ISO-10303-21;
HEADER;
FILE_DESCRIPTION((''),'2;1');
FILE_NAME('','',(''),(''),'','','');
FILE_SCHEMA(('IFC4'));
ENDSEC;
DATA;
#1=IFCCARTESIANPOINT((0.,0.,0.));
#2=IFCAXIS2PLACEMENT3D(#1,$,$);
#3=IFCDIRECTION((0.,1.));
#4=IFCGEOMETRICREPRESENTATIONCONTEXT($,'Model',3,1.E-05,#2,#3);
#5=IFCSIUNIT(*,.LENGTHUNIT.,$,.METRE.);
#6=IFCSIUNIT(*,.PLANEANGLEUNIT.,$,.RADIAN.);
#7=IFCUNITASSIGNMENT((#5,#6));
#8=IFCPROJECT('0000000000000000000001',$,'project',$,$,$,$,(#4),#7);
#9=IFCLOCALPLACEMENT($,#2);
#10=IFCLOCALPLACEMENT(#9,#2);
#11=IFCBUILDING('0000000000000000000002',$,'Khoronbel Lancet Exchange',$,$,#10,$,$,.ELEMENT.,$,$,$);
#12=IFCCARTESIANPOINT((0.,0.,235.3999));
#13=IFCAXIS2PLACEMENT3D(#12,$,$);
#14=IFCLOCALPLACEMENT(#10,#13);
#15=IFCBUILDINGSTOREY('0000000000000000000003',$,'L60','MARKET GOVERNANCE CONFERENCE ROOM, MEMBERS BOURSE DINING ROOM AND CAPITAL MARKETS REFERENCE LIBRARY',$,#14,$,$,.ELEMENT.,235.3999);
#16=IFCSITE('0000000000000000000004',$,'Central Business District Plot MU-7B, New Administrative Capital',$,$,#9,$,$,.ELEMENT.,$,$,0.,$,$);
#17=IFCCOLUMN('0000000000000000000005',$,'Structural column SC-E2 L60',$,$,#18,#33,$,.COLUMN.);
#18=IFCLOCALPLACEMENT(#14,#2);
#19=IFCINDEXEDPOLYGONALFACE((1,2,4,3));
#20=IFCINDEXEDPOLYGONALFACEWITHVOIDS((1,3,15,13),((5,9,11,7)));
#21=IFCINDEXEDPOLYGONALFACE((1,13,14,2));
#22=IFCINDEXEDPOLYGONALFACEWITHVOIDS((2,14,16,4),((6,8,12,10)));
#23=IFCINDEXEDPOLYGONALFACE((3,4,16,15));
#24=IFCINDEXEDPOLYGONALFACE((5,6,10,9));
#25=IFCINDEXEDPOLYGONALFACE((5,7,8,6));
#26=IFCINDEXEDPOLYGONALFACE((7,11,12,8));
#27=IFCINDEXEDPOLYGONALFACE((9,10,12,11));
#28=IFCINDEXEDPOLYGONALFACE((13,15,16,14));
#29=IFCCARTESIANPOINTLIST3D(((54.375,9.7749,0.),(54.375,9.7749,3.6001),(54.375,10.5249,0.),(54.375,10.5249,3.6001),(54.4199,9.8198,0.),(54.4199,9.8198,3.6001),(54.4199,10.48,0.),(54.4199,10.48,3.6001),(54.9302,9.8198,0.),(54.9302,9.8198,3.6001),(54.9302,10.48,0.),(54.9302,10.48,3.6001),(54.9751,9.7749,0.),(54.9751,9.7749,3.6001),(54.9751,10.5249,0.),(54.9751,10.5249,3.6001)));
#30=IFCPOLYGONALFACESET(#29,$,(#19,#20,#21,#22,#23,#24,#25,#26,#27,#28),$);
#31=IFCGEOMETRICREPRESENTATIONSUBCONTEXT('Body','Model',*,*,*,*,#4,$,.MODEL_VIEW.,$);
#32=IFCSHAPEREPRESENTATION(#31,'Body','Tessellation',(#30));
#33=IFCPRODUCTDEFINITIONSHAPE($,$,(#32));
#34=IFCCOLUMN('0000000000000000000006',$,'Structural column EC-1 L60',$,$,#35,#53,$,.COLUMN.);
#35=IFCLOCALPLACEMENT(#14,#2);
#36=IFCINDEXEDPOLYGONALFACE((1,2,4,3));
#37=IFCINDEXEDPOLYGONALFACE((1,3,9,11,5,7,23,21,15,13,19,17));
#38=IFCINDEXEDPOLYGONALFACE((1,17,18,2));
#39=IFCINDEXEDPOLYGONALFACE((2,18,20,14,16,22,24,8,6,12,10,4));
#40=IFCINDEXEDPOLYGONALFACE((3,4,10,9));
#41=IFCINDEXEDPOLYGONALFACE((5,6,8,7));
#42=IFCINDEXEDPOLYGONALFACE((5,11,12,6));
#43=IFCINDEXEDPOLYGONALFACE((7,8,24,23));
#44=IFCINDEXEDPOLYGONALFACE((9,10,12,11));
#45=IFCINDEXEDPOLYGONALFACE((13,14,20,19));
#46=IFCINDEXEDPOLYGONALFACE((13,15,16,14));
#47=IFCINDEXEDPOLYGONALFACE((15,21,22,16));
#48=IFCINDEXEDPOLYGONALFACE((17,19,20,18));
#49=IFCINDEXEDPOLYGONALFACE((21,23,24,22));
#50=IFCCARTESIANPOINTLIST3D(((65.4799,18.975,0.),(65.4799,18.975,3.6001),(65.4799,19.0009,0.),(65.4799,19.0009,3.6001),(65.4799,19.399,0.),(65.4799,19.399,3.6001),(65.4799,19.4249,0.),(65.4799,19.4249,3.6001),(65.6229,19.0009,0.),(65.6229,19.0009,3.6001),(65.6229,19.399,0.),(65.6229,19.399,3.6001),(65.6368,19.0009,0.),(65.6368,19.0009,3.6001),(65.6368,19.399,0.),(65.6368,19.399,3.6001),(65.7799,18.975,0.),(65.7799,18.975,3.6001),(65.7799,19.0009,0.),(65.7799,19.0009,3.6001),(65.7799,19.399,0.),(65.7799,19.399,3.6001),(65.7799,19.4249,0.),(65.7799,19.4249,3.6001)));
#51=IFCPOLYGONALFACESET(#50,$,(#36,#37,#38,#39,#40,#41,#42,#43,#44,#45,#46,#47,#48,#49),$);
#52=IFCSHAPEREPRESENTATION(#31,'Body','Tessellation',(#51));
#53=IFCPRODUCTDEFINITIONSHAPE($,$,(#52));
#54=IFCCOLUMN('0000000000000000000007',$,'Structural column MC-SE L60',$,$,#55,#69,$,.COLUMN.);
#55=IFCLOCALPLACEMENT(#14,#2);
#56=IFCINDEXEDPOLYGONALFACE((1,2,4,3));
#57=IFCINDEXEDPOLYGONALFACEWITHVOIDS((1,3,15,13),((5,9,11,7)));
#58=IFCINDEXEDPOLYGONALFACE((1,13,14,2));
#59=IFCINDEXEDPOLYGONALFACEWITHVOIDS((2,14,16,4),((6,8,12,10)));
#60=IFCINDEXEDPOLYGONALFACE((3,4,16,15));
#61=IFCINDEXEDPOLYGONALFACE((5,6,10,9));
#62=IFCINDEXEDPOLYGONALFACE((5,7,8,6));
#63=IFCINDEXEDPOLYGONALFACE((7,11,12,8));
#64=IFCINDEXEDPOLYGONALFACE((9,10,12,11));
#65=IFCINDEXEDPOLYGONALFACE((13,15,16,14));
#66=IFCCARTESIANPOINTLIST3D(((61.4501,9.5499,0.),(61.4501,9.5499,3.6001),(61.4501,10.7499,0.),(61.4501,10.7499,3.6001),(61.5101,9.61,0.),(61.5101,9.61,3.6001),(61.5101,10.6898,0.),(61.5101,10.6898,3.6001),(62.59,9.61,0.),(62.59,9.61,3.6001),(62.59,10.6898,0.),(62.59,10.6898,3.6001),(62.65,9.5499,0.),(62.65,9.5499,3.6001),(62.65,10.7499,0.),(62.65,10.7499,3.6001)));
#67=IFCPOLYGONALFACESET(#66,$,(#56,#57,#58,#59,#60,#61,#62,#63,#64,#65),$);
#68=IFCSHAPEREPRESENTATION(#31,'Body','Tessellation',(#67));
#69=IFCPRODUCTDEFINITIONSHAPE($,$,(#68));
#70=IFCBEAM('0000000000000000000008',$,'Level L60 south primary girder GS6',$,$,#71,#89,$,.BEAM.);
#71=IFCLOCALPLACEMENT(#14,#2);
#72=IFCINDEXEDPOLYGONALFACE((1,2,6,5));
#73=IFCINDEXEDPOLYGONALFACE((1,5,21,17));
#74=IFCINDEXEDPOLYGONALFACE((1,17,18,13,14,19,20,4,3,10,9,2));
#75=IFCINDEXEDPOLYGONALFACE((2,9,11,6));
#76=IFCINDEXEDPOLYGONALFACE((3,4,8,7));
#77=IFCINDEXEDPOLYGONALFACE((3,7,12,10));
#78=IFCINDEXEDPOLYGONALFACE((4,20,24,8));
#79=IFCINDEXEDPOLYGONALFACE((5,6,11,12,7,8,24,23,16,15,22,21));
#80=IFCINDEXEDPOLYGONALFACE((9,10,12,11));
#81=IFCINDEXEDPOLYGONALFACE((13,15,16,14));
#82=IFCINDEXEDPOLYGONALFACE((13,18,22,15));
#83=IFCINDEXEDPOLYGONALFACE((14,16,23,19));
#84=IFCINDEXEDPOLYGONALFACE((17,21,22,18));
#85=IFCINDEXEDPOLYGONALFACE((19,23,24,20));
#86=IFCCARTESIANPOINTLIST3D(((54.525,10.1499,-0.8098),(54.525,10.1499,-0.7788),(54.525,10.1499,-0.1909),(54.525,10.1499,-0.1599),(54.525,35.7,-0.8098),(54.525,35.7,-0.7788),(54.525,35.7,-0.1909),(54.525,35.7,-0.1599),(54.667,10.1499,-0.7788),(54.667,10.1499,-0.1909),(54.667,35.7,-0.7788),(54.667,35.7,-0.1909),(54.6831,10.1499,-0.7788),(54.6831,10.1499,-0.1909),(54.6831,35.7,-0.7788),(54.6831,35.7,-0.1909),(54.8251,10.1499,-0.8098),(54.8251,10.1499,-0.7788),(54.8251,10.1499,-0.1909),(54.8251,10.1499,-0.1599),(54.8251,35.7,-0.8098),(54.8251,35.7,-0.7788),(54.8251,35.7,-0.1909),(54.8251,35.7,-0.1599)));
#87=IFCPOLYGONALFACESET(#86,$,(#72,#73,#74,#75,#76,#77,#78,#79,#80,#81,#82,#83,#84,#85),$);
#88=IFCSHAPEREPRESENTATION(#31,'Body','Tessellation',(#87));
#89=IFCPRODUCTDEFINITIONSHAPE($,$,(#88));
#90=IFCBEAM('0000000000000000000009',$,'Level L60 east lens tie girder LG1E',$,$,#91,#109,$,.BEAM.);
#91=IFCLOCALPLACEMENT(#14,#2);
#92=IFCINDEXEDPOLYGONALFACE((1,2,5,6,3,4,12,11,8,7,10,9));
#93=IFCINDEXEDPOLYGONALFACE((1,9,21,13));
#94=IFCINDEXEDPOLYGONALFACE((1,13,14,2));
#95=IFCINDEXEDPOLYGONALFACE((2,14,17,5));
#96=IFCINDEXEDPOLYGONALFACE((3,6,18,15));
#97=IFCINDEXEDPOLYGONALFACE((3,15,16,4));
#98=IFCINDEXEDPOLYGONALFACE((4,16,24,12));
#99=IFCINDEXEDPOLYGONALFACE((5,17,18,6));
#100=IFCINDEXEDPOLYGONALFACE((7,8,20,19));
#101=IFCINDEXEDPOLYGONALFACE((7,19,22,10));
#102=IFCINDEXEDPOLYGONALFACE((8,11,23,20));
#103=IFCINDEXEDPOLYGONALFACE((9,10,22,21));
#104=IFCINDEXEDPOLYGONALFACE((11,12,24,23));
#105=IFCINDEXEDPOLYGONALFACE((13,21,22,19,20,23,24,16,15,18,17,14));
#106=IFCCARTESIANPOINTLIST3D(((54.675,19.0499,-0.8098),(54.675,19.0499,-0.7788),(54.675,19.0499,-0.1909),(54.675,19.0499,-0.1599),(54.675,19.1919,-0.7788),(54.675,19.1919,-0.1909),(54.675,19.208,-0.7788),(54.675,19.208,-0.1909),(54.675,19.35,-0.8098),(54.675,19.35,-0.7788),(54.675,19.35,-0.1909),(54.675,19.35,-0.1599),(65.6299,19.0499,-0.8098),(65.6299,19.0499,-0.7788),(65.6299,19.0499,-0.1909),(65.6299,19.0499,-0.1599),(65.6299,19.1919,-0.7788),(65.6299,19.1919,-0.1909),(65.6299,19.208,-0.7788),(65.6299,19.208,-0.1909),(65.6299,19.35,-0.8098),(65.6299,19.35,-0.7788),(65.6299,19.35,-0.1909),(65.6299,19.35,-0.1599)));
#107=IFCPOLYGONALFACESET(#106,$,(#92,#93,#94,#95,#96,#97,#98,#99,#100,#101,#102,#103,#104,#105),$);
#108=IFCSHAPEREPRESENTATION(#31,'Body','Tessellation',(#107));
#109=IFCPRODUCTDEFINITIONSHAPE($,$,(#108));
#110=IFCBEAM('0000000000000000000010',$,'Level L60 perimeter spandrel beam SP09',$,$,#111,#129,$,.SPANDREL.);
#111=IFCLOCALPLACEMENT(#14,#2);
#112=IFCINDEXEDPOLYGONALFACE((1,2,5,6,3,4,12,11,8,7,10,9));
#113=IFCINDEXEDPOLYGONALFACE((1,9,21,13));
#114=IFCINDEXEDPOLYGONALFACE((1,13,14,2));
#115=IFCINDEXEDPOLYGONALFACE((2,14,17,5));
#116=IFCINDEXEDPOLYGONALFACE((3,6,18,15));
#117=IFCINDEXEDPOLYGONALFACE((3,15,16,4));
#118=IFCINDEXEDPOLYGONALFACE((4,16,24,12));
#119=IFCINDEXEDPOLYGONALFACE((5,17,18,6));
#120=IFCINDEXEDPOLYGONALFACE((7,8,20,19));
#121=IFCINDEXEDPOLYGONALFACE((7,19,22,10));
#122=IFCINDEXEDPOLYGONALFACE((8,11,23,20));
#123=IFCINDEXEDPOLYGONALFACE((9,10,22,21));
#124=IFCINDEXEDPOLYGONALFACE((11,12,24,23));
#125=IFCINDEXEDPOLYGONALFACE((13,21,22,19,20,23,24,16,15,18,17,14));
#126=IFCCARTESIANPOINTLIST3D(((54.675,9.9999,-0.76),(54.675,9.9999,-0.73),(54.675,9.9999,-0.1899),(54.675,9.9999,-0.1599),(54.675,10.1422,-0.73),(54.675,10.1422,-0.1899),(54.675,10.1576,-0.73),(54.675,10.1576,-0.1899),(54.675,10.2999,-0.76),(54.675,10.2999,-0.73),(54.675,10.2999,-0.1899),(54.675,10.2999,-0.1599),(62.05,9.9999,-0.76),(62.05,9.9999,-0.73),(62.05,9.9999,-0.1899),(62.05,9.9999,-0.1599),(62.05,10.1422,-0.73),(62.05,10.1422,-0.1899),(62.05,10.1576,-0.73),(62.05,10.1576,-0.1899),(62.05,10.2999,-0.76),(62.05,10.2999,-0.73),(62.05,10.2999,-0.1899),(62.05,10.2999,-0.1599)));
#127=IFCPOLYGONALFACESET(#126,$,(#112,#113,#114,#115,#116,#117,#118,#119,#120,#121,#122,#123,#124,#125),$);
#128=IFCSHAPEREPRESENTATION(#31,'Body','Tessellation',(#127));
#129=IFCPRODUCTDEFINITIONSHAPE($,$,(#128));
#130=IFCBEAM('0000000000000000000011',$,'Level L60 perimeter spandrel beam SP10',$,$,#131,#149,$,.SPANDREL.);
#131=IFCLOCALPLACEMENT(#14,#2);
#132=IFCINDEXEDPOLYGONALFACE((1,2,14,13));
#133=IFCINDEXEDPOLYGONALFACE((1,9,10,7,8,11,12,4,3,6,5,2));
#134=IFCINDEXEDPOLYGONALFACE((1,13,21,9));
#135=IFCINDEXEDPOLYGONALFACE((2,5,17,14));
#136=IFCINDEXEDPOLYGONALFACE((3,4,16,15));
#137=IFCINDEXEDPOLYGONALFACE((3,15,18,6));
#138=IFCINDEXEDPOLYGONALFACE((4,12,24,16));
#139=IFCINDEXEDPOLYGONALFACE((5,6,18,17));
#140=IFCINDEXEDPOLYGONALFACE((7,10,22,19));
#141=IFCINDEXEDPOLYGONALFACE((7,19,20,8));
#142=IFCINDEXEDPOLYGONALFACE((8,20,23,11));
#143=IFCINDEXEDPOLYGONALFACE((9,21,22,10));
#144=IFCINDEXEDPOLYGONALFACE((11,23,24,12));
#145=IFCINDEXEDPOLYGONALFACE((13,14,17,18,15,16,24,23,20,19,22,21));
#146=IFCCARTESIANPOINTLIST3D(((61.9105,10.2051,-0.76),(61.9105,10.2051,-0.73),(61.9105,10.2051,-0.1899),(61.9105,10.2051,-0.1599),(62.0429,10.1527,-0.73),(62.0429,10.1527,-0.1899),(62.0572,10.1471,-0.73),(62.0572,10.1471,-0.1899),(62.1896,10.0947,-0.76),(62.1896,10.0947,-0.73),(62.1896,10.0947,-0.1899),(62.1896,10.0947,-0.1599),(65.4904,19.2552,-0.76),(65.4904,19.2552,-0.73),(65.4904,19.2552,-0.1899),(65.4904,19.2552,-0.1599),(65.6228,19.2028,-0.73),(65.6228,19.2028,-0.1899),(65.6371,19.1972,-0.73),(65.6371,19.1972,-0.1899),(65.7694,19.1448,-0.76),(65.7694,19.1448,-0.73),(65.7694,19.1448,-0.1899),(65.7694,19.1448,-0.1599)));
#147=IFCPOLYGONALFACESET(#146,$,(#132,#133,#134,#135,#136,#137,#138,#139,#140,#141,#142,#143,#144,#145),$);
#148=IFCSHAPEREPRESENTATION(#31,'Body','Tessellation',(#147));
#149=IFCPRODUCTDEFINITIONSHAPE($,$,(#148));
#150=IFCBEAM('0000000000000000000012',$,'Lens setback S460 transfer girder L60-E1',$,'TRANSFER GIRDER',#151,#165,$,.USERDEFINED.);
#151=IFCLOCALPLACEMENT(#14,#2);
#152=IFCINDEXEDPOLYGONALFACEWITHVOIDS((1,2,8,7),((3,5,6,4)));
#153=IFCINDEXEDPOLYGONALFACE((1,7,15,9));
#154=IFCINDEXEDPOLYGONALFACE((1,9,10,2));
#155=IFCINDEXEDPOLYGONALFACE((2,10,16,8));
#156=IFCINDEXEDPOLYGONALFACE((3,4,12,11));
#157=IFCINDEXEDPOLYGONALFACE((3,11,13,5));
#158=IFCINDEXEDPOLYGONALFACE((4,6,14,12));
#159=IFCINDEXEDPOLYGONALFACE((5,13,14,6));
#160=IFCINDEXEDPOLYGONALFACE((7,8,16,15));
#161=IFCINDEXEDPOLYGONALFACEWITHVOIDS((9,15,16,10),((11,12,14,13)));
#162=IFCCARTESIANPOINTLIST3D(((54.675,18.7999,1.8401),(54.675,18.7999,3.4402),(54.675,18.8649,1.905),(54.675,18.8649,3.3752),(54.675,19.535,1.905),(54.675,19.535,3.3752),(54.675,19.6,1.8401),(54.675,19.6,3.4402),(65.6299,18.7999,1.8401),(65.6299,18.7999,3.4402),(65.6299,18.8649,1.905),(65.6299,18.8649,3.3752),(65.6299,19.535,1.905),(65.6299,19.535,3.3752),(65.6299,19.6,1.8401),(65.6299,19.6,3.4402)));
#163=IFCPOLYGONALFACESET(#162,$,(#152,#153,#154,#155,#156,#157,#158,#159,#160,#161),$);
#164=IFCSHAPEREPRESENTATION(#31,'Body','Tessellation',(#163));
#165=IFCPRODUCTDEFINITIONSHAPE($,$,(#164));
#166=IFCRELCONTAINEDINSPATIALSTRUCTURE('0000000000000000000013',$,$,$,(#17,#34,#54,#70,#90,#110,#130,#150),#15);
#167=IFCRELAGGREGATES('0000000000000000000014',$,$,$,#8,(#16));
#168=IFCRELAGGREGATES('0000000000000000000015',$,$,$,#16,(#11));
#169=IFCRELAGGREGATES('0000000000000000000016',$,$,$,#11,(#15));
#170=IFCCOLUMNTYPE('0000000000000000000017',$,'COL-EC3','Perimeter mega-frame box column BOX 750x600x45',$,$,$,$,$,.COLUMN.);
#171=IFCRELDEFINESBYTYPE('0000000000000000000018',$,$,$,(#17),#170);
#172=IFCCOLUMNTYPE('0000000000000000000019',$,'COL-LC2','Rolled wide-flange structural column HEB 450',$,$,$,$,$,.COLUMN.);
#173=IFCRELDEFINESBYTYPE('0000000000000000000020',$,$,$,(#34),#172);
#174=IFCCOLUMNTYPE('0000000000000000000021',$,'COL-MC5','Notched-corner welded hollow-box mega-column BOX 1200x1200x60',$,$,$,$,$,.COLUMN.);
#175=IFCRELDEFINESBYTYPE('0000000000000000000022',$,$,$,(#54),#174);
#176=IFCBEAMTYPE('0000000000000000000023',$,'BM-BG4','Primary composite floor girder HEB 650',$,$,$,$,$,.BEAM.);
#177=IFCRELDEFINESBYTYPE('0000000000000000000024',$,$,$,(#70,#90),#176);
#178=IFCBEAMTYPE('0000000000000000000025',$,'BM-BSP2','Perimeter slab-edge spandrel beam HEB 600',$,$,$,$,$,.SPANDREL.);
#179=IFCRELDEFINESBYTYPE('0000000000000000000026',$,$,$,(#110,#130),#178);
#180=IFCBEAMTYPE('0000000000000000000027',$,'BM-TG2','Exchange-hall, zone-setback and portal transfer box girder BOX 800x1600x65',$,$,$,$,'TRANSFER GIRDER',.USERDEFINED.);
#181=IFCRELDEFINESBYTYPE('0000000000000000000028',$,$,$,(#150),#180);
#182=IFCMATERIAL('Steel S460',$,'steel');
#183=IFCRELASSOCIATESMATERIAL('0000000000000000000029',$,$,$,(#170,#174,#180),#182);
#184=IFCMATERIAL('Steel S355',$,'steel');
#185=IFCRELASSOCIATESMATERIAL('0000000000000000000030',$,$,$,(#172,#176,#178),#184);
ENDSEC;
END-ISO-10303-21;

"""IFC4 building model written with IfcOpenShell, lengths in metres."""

from ifc_helpers import new_model, si_unit, direction, frame, origin, origin_2d, place, context, subcontext, project, spatial, hollow_rectangle, i_section, extrude, material, material_profile, profile_set, type_object, element, save


model = new_model("IFC4")

# Units and contexts
model_context = context("Model", 3, precision=1e-05, world=origin(), true_north=direction((0.0, 1.0)))
body_context = subcontext(model_context, "Body", "Model", "MODEL_VIEW")
ifc_project = project(units=[si_unit("LENGTHUNIT", "METRE"), si_unit("PLANEANGLEUNIT", "RADIAN")], contexts=[model_context])

# Site, building, storey
site_placement = place(None, origin())
site = spatial("IfcSite", under=ifc_project, at=site_placement, Name="Central Business District Plot MU-7B, New Administrative Capital", CompositionType="ELEMENT", RefElevation=0.0)
building_placement = place(site_placement, origin())
building = spatial("IfcBuilding", under=site, at=building_placement, Name="Khoronbel Lancet Exchange", CompositionType="ELEMENT")
storey_placement = place(building_placement, frame((0.0, 0.0, 235.3999)))
storey = spatial("IfcBuildingStorey", under=building, at=storey_placement, Name="L60", Description="MARKET GOVERNANCE CONFERENCE ROOM, MEMBERS BOURSE DINING ROOM AND CAPITAL MARKETS REFERENCE LIBRARY", CompositionType="ELEMENT", Elevation=235.3999)

# Columns
ifc_material_1 = material(Name="Steel S460", Category="steel")
ifc_material_profile_1 = material_profile(ifc_material_1, hollow_rectangle(XDim=0.6001, YDim=0.75, WallThickness=0.0449, at=origin_2d()), Name="BOX 750x600x45")
ifc_profile_set_1 = profile_set([ifc_material_profile_1], Name="Steel S460")
column_type_1 = type_object("IfcColumnType", Name="COL-EC3", Description="Perimeter mega-frame box column BOX 750x600x45", PredefinedType="COLUMN", material=ifc_profile_set_1)
column_1_placement = place(storey_placement, frame((54.675, 10.1499, 0.0), z_axis=(0.0, 0.0, 1.0), x_axis=(1.0, 0.0, 0.0)))
element("IfcColumn", 1, at=column_1_placement, inside=storey, type_object=column_type_1, Name="Structural column SC-E2 L60", PredefinedType="COLUMN", context=body_context, shape_type="SweptSolid", body=[
    extrude(hollow_rectangle(XDim=0.6001, YDim=0.75, WallThickness=0.0449, at=origin_2d()), origin(), (0.0, 0.0, 1.0), 3.6001),
])
ifc_material_2 = material(Name="Steel S355", Category="steel")
ifc_material_profile_2 = material_profile(ifc_material_2, i_section(OverallWidth=0.3, OverallDepth=0.45, WebThickness=0.0139, FlangeThickness=0.0259, at=origin_2d()), Name="HEB 450")
ifc_profile_set_2 = profile_set([ifc_material_profile_2], Name="Steel S355")
column_type_2 = type_object("IfcColumnType", Name="COL-LC2", Description="Rolled wide-flange structural column HEB 450", PredefinedType="COLUMN", material=ifc_profile_set_2)
column_2_placement = place(storey_placement, frame((65.6299, 19.2, 0.0), z_axis=(0.0, 0.0, 1.0), x_axis=(1.0, 0.0, 0.0)))
element("IfcColumn", 2, at=column_2_placement, inside=storey, type_object=column_type_2, Name="Structural column EC-1 L60", PredefinedType="COLUMN", context=body_context, shape_type="SweptSolid", body=[
    extrude(i_section(OverallWidth=0.3, OverallDepth=0.45, WebThickness=0.0139, FlangeThickness=0.0259, at=origin_2d()), origin(), (0.0, 0.0, 1.0), 3.6001),
])
ifc_material_profile_3 = material_profile(ifc_material_1, hollow_rectangle(XDim=1.2, YDim=1.2, WallThickness=0.0601, at=origin_2d()), Name="BOX 1200x1200x60")
ifc_profile_set_3 = profile_set([ifc_material_profile_3], Name="Steel S460")
column_type_3 = type_object("IfcColumnType", Name="COL-MC5", Description="Notched-corner welded hollow-box mega-column BOX 1200x1200x60", PredefinedType="COLUMN", material=ifc_profile_set_3)
column_3_placement = place(storey_placement, frame((62.05, 10.1499, 0.0), z_axis=(0.0, 0.0, 1.0), x_axis=(1.0, 0.0, 0.0)))
element("IfcColumn", 3, at=column_3_placement, inside=storey, type_object=column_type_3, Name="Structural column MC-SE L60", PredefinedType="COLUMN", context=body_context, shape_type="SweptSolid", body=[
    extrude(hollow_rectangle(XDim=1.2, YDim=1.2, WallThickness=0.0601, at=origin_2d()), origin(), (0.0, 0.0, 1.0), 3.6001),
])

# Beams
ifc_material_profile_4 = material_profile(ifc_material_2, i_section(OverallWidth=0.3, OverallDepth=0.6499, WebThickness=0.0161, FlangeThickness=0.031, at=origin_2d()), Name="HEB 650")
ifc_profile_set_4 = profile_set([ifc_material_profile_4], Name="Steel S355")
beam_type_1 = type_object("IfcBeamType", Name="BM-BG4", Description="Primary composite floor girder HEB 650", PredefinedType="BEAM", material=ifc_profile_set_4)
beam_1_placement = place(storey_placement, frame((54.675, 10.1499, -0.4849), z_axis=(0.0, 1.0, 0.0), x_axis=(-1.0, 0.0, 0.0)))
element("IfcBeam", 4, at=beam_1_placement, inside=storey, type_object=beam_type_1, Name="Level L60 south primary girder GS6", PredefinedType="BEAM", context=body_context, shape_type="SweptSolid", body=[
    extrude(i_section(OverallWidth=0.3, OverallDepth=0.6499, WebThickness=0.0161, FlangeThickness=0.031, at=origin_2d()), origin(), (0.0, 0.0, 1.0), 25.55),
])
beam_2_placement = place(storey_placement, frame((54.675, 19.2, -0.4849), z_axis=(1.0, 0.0, 0.0), x_axis=(0.0, 1.0, 0.0)))
element("IfcBeam", 5, at=beam_2_placement, inside=storey, type_object=beam_type_1, Name="Level L60 east lens tie girder LG1E", PredefinedType="BEAM", context=body_context, shape_type="SweptSolid", body=[
    extrude(i_section(OverallWidth=0.3, OverallDepth=0.6499, WebThickness=0.0161, FlangeThickness=0.031, at=origin_2d()), origin(), (0.0, 0.0, 1.0), 10.9548),
])
ifc_material_profile_5 = material_profile(ifc_material_2, i_section(OverallWidth=0.3, OverallDepth=0.6001, WebThickness=0.0154, FlangeThickness=0.03, at=origin_2d()), Name="HEB 600")
ifc_profile_set_5 = profile_set([ifc_material_profile_5], Name="Steel S355")
beam_type_2 = type_object("IfcBeamType", Name="BM-BSP2", Description="Perimeter slab-edge spandrel beam HEB 600", PredefinedType="SPANDREL", material=ifc_profile_set_5)
beam_3_placement = place(storey_placement, frame((54.675, 10.1499, -0.46), z_axis=(1.0, 0.0, 0.0), x_axis=(0.0, 1.0, 0.0)))
element("IfcBeam", 6, at=beam_3_placement, inside=storey, type_object=beam_type_2, Name="Level L60 perimeter spandrel beam SP09", PredefinedType="SPANDREL", context=body_context, shape_type="SweptSolid", body=[
    extrude(i_section(OverallWidth=0.3, OverallDepth=0.6001, WebThickness=0.0154, FlangeThickness=0.03, at=origin_2d()), origin(), (0.0, 0.0, 1.0), 7.375),
])
beam_4_placement = place(storey_placement, frame((62.05, 10.1499, -0.46), z_axis=(0.367828, 0.929894, 0.0), x_axis=(-0.929894, 0.367828, 0.0)))
element("IfcBeam", 7, at=beam_4_placement, inside=storey, type_object=beam_type_2, Name="Level L60 perimeter spandrel beam SP10", PredefinedType="SPANDREL", context=body_context, shape_type="SweptSolid", body=[
    extrude(i_section(OverallWidth=0.3, OverallDepth=0.6001, WebThickness=0.0154, FlangeThickness=0.03, at=origin_2d()), origin(), (0.0, 0.0, 1.0), 9.7324),
])
ifc_material_profile_6 = material_profile(ifc_material_1, hollow_rectangle(XDim=0.8, YDim=1.6001, WallThickness=0.0649, at=origin_2d()), Name="BOX 800x1600x65")
ifc_profile_set_6 = profile_set([ifc_material_profile_6], Name="Steel S460")
beam_type_3 = type_object("IfcBeamType", Name="BM-TG2", Description="Exchange-hall, zone-setback and portal transfer box girder BOX 800x1600x65", ElementType="TRANSFER GIRDER", PredefinedType="USERDEFINED", material=ifc_profile_set_6)
beam_5_placement = place(storey_placement, frame((54.675, 19.2, 2.6401), z_axis=(1.0, 0.0, 0.0), x_axis=(0.0, 1.0, 0.0)))
element("IfcBeam", 8, at=beam_5_placement, inside=storey, type_object=beam_type_3, Name="Lens setback S460 transfer girder L60-E1", ObjectType="TRANSFER GIRDER", PredefinedType="USERDEFINED", context=body_context, shape_type="SweptSolid", body=[
    extrude(hollow_rectangle(XDim=0.8, YDim=1.6001, WallThickness=0.0649, at=origin_2d()), origin(), (0.0, 0.0, 1.0), 10.9548),
])

save(model, "model.ifc")
